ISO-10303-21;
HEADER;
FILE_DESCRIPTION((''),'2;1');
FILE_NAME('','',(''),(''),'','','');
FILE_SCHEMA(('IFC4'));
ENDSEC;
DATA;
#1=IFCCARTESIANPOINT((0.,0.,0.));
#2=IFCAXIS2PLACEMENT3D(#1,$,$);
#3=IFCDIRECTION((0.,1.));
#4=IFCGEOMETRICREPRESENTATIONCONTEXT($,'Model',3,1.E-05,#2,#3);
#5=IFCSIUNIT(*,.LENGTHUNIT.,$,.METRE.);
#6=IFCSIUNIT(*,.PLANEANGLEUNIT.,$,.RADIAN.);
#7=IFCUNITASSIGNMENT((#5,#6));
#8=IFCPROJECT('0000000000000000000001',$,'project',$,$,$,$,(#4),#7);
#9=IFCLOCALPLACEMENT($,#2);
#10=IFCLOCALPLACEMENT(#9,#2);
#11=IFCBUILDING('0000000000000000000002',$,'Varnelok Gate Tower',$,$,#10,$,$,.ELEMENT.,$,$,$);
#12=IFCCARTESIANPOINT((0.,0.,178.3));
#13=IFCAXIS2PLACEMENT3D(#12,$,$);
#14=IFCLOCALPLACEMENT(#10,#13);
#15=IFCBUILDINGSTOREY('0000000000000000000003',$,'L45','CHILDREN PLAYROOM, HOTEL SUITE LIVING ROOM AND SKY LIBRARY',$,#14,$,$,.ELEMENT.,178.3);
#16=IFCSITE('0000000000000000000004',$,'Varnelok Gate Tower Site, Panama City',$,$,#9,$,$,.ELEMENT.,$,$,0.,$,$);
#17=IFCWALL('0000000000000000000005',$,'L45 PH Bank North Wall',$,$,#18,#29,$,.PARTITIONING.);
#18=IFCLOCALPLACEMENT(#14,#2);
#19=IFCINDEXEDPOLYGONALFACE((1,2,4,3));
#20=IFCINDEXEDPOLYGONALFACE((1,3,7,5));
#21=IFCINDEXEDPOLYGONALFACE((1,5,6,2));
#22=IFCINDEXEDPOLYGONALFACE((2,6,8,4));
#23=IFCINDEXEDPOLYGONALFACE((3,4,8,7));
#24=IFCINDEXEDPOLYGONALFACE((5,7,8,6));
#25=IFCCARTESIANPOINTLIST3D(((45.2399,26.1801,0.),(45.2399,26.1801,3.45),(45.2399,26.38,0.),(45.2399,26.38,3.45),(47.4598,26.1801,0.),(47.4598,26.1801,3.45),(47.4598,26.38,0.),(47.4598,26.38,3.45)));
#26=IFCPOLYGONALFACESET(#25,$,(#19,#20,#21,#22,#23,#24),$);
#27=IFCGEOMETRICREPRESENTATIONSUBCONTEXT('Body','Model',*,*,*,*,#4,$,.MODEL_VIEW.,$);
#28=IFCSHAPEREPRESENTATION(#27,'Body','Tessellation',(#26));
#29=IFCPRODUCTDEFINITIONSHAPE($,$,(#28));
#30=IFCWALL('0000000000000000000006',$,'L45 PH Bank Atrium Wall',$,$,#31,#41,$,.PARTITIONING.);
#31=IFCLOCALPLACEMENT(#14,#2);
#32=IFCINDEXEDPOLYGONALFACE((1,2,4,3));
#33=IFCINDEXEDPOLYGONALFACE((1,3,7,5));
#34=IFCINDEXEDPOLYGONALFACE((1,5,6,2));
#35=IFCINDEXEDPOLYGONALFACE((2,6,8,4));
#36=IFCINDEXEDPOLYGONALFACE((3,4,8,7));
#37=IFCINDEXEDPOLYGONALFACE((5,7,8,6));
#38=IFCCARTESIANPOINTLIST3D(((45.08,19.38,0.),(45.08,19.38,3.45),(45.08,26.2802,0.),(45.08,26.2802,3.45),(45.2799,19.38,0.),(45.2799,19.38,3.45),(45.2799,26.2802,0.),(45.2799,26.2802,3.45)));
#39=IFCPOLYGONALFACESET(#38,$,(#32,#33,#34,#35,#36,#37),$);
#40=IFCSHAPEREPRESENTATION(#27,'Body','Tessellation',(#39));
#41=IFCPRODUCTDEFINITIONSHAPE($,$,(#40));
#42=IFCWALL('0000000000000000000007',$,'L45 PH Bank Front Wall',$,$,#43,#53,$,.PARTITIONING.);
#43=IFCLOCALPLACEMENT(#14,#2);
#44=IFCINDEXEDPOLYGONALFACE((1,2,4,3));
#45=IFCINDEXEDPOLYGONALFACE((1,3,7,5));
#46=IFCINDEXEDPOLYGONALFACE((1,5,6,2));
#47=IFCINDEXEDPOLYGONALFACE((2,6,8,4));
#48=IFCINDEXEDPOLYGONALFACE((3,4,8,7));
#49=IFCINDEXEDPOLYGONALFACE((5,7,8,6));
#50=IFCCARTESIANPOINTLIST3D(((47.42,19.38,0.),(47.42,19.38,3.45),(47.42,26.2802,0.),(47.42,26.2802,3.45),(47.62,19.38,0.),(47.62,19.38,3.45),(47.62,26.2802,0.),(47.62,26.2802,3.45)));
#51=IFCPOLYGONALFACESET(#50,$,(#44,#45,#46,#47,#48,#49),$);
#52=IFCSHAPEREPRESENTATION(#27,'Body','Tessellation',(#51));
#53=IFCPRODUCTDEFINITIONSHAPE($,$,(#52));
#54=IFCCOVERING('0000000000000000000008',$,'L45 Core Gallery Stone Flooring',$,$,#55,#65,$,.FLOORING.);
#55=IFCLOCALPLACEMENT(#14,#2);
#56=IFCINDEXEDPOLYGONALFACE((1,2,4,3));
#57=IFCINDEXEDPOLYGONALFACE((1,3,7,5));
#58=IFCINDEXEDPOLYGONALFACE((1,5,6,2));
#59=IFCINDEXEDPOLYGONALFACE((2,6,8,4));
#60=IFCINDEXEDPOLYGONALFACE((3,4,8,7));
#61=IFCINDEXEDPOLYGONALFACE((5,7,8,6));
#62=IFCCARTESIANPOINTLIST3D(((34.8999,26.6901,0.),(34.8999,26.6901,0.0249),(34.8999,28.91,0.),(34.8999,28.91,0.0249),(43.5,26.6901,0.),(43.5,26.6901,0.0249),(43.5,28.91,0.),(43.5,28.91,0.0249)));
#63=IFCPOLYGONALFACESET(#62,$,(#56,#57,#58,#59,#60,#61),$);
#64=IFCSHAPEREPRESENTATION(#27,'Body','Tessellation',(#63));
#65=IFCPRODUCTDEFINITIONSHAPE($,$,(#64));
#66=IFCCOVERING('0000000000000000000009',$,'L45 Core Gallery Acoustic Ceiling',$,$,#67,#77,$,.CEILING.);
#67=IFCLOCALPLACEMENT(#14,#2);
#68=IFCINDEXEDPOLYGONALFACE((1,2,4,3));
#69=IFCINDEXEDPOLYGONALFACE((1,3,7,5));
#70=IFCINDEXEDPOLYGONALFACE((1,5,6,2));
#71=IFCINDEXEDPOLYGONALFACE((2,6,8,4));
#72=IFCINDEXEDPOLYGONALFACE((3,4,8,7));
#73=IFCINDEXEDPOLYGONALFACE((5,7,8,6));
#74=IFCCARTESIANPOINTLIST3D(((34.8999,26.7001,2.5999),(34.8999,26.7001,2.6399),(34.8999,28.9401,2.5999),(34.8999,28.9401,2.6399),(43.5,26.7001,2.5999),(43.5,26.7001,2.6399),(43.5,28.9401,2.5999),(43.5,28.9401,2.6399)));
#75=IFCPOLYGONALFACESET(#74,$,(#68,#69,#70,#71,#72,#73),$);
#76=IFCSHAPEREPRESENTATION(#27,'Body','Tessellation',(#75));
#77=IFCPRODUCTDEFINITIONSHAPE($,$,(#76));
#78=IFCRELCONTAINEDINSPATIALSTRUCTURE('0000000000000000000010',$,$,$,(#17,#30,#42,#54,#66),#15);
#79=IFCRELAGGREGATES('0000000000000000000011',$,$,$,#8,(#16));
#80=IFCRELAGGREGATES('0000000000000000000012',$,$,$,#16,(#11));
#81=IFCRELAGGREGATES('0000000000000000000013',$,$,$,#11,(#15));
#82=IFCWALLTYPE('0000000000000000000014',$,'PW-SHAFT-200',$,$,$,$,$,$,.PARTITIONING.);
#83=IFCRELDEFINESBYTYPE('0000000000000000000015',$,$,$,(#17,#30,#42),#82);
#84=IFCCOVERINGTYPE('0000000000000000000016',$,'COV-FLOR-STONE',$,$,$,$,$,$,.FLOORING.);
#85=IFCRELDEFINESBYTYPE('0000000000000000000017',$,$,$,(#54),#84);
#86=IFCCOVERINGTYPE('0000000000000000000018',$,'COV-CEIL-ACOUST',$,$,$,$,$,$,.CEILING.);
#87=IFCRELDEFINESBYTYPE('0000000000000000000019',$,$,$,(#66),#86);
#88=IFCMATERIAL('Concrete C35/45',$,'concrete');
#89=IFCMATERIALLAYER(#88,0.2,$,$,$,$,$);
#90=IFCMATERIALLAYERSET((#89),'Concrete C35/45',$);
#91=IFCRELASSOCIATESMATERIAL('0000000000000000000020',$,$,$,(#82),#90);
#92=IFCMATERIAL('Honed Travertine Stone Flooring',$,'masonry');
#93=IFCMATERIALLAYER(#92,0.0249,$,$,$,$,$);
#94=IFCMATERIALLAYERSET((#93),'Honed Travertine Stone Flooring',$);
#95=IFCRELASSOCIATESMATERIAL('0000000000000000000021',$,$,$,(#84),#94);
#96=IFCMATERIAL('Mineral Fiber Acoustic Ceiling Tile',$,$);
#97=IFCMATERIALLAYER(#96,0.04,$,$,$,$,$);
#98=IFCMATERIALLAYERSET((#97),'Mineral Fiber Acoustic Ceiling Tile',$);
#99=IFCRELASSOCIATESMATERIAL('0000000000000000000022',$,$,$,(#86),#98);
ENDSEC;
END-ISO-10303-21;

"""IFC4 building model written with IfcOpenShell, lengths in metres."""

from ifc_helpers import new_model, si_unit, direction, frame, frame_2d, origin, origin_2d, place, context, subcontext, project, spatial, rectangle, extrude, source, transform, mapped, material, layer, layer_set, type_object, element, save


model = new_model("IFC4")

# Units and contexts
model_context = context("Model", 3, precision=1e-05, world=origin(), true_north=direction((0.0, 1.0)))
body_context = subcontext(model_context, "Body", "Model", "MODEL_VIEW")
ifc_project = project(units=[si_unit("LENGTHUNIT", "METRE"), si_unit("PLANEANGLEUNIT", "RADIAN")], contexts=[model_context])

# Site, building, storey
site_placement = place(None, origin())
site = spatial("IfcSite", under=ifc_project, at=site_placement, Name="Varnelok Gate Tower Site, Panama City", CompositionType="ELEMENT", RefElevation=0.0)
building_placement = place(site_placement, origin())
building = spatial("IfcBuilding", under=site, at=building_placement, Name="Varnelok Gate Tower", CompositionType="ELEMENT")
storey_placement = place(building_placement, frame((0.0, 0.0, 178.3)))
storey = spatial("IfcBuildingStorey", under=building, at=storey_placement, Name="L45", Description="CHILDREN PLAYROOM, HOTEL SUITE LIVING ROOM AND SKY LIBRARY", CompositionType="ELEMENT", Elevation=178.3)

# Walls
ifc_material_1 = material(Name="Concrete C35/45", Category="concrete")
ifc_layer_1 = layer(ifc_material_1, 0.2)
ifc_layer_set_1 = layer_set([ifc_layer_1], Name="Concrete C35/45")
wall_type_1 = type_object("IfcWallType", Name="PW-SHAFT-200", PredefinedType="PARTITIONING", material=ifc_layer_set_1)
wall_1_placement = place(storey_placement, frame((45.24, 26.28, 0.0), z_axis=(0.0, 0.0, 1.0), x_axis=(1.0, 0.0, 0.0)))
element("IfcWall", 1, at=wall_1_placement, inside=storey, type_object=wall_type_1, Name="L45 PH Bank North Wall", PredefinedType="PARTITIONING", context=body_context, shape_type="SweptSolid", body=[
    extrude(rectangle(XDim=2.22, YDim=0.2, at=frame_2d((1.1099, 0.0))), origin(), (0.0, 0.0, 1.0), 3.45),
])
for number, where, z_axis, x_axis, name in (
    (2, (45.1799, 19.3799, 0.0), (0.0, 0.0, 1.0), (0.0, 1.0, 0.0), "L45 PH Bank Atrium Wall"),
    (3, (47.52, 19.3799, 0.0), (0.0, 0.0, 1.0), (0.0, 1.0, 0.0), "L45 PH Bank Front Wall"),
):
    element("IfcWall", number, at=place(storey_placement, frame(where, z_axis=z_axis, x_axis=x_axis)), inside=storey, type_object=wall_type_1, Name=name, PredefinedType="PARTITIONING", context=body_context, shape_type="SweptSolid", body=[
        extrude(rectangle(XDim=6.9001, YDim=0.2, at=frame_2d((3.4502, 0.0))), origin(), (0.0, 0.0, 1.0), 3.45),
    ])

# Coverings
ifc_material_2 = material(Name="Honed Travertine Stone Flooring", Category="masonry")
ifc_layer_2 = layer(ifc_material_2, 0.0249)
ifc_layer_set_2 = layer_set([ifc_layer_2], Name="Honed Travertine Stone Flooring")
covering_type_1 = type_object("IfcCoveringType", Name="COV-FLOR-STONE", PredefinedType="FLOORING", material=ifc_layer_set_2)
shared_shape_1 = source(origin(), body_context, "Body", "SweptSolid", [
    extrude(rectangle(XDim=8.6001, YDim=2.22, at=origin_2d()), origin(), (0.0, 0.0, 1.0), 0.0249),
])
covering_1_placement = place(storey_placement, frame((39.2, 27.8, 0.0), z_axis=(0.0, 0.0, 1.0), x_axis=(1.0, 0.0, 0.0)))
element("IfcCovering", 4, at=covering_1_placement, inside=storey, type_object=covering_type_1, Name="L45 Core Gallery Stone Flooring", PredefinedType="FLOORING", context=body_context, shape_type="MappedRepresentation", body=[
    mapped(shared_shape_1, transform((0.0, 0.0, 0.0), scale=1.0)),
])
ifc_material_3 = material(Name="Mineral Fiber Acoustic Ceiling Tile")
ifc_layer_3 = layer(ifc_material_3, 0.04)
ifc_layer_set_3 = layer_set([ifc_layer_3], Name="Mineral Fiber Acoustic Ceiling Tile")
covering_type_2 = type_object("IfcCoveringType", Name="COV-CEIL-ACOUST", PredefinedType="CEILING", material=ifc_layer_set_3)
shared_shape_2 = source(origin(), body_context, "Body", "SweptSolid", [
    extrude(rectangle(XDim=8.6001, YDim=2.24, at=origin_2d()), origin(), (0.0, 0.0, 1.0), 0.04),
])
covering_2_placement = place(storey_placement, frame((39.2, 27.8201, 2.5999), z_axis=(0.0, 0.0, 1.0), x_axis=(1.0, 0.0, 0.0)))
element("IfcCovering", 5, at=covering_2_placement, inside=storey, type_object=covering_type_2, Name="L45 Core Gallery Acoustic Ceiling", PredefinedType="CEILING", context=body_context, shape_type="MappedRepresentation", body=[
    mapped(shared_shape_2, transform((0.0, 0.0, 0.0), scale=1.0)),
])

save(model, "model.ifc")
